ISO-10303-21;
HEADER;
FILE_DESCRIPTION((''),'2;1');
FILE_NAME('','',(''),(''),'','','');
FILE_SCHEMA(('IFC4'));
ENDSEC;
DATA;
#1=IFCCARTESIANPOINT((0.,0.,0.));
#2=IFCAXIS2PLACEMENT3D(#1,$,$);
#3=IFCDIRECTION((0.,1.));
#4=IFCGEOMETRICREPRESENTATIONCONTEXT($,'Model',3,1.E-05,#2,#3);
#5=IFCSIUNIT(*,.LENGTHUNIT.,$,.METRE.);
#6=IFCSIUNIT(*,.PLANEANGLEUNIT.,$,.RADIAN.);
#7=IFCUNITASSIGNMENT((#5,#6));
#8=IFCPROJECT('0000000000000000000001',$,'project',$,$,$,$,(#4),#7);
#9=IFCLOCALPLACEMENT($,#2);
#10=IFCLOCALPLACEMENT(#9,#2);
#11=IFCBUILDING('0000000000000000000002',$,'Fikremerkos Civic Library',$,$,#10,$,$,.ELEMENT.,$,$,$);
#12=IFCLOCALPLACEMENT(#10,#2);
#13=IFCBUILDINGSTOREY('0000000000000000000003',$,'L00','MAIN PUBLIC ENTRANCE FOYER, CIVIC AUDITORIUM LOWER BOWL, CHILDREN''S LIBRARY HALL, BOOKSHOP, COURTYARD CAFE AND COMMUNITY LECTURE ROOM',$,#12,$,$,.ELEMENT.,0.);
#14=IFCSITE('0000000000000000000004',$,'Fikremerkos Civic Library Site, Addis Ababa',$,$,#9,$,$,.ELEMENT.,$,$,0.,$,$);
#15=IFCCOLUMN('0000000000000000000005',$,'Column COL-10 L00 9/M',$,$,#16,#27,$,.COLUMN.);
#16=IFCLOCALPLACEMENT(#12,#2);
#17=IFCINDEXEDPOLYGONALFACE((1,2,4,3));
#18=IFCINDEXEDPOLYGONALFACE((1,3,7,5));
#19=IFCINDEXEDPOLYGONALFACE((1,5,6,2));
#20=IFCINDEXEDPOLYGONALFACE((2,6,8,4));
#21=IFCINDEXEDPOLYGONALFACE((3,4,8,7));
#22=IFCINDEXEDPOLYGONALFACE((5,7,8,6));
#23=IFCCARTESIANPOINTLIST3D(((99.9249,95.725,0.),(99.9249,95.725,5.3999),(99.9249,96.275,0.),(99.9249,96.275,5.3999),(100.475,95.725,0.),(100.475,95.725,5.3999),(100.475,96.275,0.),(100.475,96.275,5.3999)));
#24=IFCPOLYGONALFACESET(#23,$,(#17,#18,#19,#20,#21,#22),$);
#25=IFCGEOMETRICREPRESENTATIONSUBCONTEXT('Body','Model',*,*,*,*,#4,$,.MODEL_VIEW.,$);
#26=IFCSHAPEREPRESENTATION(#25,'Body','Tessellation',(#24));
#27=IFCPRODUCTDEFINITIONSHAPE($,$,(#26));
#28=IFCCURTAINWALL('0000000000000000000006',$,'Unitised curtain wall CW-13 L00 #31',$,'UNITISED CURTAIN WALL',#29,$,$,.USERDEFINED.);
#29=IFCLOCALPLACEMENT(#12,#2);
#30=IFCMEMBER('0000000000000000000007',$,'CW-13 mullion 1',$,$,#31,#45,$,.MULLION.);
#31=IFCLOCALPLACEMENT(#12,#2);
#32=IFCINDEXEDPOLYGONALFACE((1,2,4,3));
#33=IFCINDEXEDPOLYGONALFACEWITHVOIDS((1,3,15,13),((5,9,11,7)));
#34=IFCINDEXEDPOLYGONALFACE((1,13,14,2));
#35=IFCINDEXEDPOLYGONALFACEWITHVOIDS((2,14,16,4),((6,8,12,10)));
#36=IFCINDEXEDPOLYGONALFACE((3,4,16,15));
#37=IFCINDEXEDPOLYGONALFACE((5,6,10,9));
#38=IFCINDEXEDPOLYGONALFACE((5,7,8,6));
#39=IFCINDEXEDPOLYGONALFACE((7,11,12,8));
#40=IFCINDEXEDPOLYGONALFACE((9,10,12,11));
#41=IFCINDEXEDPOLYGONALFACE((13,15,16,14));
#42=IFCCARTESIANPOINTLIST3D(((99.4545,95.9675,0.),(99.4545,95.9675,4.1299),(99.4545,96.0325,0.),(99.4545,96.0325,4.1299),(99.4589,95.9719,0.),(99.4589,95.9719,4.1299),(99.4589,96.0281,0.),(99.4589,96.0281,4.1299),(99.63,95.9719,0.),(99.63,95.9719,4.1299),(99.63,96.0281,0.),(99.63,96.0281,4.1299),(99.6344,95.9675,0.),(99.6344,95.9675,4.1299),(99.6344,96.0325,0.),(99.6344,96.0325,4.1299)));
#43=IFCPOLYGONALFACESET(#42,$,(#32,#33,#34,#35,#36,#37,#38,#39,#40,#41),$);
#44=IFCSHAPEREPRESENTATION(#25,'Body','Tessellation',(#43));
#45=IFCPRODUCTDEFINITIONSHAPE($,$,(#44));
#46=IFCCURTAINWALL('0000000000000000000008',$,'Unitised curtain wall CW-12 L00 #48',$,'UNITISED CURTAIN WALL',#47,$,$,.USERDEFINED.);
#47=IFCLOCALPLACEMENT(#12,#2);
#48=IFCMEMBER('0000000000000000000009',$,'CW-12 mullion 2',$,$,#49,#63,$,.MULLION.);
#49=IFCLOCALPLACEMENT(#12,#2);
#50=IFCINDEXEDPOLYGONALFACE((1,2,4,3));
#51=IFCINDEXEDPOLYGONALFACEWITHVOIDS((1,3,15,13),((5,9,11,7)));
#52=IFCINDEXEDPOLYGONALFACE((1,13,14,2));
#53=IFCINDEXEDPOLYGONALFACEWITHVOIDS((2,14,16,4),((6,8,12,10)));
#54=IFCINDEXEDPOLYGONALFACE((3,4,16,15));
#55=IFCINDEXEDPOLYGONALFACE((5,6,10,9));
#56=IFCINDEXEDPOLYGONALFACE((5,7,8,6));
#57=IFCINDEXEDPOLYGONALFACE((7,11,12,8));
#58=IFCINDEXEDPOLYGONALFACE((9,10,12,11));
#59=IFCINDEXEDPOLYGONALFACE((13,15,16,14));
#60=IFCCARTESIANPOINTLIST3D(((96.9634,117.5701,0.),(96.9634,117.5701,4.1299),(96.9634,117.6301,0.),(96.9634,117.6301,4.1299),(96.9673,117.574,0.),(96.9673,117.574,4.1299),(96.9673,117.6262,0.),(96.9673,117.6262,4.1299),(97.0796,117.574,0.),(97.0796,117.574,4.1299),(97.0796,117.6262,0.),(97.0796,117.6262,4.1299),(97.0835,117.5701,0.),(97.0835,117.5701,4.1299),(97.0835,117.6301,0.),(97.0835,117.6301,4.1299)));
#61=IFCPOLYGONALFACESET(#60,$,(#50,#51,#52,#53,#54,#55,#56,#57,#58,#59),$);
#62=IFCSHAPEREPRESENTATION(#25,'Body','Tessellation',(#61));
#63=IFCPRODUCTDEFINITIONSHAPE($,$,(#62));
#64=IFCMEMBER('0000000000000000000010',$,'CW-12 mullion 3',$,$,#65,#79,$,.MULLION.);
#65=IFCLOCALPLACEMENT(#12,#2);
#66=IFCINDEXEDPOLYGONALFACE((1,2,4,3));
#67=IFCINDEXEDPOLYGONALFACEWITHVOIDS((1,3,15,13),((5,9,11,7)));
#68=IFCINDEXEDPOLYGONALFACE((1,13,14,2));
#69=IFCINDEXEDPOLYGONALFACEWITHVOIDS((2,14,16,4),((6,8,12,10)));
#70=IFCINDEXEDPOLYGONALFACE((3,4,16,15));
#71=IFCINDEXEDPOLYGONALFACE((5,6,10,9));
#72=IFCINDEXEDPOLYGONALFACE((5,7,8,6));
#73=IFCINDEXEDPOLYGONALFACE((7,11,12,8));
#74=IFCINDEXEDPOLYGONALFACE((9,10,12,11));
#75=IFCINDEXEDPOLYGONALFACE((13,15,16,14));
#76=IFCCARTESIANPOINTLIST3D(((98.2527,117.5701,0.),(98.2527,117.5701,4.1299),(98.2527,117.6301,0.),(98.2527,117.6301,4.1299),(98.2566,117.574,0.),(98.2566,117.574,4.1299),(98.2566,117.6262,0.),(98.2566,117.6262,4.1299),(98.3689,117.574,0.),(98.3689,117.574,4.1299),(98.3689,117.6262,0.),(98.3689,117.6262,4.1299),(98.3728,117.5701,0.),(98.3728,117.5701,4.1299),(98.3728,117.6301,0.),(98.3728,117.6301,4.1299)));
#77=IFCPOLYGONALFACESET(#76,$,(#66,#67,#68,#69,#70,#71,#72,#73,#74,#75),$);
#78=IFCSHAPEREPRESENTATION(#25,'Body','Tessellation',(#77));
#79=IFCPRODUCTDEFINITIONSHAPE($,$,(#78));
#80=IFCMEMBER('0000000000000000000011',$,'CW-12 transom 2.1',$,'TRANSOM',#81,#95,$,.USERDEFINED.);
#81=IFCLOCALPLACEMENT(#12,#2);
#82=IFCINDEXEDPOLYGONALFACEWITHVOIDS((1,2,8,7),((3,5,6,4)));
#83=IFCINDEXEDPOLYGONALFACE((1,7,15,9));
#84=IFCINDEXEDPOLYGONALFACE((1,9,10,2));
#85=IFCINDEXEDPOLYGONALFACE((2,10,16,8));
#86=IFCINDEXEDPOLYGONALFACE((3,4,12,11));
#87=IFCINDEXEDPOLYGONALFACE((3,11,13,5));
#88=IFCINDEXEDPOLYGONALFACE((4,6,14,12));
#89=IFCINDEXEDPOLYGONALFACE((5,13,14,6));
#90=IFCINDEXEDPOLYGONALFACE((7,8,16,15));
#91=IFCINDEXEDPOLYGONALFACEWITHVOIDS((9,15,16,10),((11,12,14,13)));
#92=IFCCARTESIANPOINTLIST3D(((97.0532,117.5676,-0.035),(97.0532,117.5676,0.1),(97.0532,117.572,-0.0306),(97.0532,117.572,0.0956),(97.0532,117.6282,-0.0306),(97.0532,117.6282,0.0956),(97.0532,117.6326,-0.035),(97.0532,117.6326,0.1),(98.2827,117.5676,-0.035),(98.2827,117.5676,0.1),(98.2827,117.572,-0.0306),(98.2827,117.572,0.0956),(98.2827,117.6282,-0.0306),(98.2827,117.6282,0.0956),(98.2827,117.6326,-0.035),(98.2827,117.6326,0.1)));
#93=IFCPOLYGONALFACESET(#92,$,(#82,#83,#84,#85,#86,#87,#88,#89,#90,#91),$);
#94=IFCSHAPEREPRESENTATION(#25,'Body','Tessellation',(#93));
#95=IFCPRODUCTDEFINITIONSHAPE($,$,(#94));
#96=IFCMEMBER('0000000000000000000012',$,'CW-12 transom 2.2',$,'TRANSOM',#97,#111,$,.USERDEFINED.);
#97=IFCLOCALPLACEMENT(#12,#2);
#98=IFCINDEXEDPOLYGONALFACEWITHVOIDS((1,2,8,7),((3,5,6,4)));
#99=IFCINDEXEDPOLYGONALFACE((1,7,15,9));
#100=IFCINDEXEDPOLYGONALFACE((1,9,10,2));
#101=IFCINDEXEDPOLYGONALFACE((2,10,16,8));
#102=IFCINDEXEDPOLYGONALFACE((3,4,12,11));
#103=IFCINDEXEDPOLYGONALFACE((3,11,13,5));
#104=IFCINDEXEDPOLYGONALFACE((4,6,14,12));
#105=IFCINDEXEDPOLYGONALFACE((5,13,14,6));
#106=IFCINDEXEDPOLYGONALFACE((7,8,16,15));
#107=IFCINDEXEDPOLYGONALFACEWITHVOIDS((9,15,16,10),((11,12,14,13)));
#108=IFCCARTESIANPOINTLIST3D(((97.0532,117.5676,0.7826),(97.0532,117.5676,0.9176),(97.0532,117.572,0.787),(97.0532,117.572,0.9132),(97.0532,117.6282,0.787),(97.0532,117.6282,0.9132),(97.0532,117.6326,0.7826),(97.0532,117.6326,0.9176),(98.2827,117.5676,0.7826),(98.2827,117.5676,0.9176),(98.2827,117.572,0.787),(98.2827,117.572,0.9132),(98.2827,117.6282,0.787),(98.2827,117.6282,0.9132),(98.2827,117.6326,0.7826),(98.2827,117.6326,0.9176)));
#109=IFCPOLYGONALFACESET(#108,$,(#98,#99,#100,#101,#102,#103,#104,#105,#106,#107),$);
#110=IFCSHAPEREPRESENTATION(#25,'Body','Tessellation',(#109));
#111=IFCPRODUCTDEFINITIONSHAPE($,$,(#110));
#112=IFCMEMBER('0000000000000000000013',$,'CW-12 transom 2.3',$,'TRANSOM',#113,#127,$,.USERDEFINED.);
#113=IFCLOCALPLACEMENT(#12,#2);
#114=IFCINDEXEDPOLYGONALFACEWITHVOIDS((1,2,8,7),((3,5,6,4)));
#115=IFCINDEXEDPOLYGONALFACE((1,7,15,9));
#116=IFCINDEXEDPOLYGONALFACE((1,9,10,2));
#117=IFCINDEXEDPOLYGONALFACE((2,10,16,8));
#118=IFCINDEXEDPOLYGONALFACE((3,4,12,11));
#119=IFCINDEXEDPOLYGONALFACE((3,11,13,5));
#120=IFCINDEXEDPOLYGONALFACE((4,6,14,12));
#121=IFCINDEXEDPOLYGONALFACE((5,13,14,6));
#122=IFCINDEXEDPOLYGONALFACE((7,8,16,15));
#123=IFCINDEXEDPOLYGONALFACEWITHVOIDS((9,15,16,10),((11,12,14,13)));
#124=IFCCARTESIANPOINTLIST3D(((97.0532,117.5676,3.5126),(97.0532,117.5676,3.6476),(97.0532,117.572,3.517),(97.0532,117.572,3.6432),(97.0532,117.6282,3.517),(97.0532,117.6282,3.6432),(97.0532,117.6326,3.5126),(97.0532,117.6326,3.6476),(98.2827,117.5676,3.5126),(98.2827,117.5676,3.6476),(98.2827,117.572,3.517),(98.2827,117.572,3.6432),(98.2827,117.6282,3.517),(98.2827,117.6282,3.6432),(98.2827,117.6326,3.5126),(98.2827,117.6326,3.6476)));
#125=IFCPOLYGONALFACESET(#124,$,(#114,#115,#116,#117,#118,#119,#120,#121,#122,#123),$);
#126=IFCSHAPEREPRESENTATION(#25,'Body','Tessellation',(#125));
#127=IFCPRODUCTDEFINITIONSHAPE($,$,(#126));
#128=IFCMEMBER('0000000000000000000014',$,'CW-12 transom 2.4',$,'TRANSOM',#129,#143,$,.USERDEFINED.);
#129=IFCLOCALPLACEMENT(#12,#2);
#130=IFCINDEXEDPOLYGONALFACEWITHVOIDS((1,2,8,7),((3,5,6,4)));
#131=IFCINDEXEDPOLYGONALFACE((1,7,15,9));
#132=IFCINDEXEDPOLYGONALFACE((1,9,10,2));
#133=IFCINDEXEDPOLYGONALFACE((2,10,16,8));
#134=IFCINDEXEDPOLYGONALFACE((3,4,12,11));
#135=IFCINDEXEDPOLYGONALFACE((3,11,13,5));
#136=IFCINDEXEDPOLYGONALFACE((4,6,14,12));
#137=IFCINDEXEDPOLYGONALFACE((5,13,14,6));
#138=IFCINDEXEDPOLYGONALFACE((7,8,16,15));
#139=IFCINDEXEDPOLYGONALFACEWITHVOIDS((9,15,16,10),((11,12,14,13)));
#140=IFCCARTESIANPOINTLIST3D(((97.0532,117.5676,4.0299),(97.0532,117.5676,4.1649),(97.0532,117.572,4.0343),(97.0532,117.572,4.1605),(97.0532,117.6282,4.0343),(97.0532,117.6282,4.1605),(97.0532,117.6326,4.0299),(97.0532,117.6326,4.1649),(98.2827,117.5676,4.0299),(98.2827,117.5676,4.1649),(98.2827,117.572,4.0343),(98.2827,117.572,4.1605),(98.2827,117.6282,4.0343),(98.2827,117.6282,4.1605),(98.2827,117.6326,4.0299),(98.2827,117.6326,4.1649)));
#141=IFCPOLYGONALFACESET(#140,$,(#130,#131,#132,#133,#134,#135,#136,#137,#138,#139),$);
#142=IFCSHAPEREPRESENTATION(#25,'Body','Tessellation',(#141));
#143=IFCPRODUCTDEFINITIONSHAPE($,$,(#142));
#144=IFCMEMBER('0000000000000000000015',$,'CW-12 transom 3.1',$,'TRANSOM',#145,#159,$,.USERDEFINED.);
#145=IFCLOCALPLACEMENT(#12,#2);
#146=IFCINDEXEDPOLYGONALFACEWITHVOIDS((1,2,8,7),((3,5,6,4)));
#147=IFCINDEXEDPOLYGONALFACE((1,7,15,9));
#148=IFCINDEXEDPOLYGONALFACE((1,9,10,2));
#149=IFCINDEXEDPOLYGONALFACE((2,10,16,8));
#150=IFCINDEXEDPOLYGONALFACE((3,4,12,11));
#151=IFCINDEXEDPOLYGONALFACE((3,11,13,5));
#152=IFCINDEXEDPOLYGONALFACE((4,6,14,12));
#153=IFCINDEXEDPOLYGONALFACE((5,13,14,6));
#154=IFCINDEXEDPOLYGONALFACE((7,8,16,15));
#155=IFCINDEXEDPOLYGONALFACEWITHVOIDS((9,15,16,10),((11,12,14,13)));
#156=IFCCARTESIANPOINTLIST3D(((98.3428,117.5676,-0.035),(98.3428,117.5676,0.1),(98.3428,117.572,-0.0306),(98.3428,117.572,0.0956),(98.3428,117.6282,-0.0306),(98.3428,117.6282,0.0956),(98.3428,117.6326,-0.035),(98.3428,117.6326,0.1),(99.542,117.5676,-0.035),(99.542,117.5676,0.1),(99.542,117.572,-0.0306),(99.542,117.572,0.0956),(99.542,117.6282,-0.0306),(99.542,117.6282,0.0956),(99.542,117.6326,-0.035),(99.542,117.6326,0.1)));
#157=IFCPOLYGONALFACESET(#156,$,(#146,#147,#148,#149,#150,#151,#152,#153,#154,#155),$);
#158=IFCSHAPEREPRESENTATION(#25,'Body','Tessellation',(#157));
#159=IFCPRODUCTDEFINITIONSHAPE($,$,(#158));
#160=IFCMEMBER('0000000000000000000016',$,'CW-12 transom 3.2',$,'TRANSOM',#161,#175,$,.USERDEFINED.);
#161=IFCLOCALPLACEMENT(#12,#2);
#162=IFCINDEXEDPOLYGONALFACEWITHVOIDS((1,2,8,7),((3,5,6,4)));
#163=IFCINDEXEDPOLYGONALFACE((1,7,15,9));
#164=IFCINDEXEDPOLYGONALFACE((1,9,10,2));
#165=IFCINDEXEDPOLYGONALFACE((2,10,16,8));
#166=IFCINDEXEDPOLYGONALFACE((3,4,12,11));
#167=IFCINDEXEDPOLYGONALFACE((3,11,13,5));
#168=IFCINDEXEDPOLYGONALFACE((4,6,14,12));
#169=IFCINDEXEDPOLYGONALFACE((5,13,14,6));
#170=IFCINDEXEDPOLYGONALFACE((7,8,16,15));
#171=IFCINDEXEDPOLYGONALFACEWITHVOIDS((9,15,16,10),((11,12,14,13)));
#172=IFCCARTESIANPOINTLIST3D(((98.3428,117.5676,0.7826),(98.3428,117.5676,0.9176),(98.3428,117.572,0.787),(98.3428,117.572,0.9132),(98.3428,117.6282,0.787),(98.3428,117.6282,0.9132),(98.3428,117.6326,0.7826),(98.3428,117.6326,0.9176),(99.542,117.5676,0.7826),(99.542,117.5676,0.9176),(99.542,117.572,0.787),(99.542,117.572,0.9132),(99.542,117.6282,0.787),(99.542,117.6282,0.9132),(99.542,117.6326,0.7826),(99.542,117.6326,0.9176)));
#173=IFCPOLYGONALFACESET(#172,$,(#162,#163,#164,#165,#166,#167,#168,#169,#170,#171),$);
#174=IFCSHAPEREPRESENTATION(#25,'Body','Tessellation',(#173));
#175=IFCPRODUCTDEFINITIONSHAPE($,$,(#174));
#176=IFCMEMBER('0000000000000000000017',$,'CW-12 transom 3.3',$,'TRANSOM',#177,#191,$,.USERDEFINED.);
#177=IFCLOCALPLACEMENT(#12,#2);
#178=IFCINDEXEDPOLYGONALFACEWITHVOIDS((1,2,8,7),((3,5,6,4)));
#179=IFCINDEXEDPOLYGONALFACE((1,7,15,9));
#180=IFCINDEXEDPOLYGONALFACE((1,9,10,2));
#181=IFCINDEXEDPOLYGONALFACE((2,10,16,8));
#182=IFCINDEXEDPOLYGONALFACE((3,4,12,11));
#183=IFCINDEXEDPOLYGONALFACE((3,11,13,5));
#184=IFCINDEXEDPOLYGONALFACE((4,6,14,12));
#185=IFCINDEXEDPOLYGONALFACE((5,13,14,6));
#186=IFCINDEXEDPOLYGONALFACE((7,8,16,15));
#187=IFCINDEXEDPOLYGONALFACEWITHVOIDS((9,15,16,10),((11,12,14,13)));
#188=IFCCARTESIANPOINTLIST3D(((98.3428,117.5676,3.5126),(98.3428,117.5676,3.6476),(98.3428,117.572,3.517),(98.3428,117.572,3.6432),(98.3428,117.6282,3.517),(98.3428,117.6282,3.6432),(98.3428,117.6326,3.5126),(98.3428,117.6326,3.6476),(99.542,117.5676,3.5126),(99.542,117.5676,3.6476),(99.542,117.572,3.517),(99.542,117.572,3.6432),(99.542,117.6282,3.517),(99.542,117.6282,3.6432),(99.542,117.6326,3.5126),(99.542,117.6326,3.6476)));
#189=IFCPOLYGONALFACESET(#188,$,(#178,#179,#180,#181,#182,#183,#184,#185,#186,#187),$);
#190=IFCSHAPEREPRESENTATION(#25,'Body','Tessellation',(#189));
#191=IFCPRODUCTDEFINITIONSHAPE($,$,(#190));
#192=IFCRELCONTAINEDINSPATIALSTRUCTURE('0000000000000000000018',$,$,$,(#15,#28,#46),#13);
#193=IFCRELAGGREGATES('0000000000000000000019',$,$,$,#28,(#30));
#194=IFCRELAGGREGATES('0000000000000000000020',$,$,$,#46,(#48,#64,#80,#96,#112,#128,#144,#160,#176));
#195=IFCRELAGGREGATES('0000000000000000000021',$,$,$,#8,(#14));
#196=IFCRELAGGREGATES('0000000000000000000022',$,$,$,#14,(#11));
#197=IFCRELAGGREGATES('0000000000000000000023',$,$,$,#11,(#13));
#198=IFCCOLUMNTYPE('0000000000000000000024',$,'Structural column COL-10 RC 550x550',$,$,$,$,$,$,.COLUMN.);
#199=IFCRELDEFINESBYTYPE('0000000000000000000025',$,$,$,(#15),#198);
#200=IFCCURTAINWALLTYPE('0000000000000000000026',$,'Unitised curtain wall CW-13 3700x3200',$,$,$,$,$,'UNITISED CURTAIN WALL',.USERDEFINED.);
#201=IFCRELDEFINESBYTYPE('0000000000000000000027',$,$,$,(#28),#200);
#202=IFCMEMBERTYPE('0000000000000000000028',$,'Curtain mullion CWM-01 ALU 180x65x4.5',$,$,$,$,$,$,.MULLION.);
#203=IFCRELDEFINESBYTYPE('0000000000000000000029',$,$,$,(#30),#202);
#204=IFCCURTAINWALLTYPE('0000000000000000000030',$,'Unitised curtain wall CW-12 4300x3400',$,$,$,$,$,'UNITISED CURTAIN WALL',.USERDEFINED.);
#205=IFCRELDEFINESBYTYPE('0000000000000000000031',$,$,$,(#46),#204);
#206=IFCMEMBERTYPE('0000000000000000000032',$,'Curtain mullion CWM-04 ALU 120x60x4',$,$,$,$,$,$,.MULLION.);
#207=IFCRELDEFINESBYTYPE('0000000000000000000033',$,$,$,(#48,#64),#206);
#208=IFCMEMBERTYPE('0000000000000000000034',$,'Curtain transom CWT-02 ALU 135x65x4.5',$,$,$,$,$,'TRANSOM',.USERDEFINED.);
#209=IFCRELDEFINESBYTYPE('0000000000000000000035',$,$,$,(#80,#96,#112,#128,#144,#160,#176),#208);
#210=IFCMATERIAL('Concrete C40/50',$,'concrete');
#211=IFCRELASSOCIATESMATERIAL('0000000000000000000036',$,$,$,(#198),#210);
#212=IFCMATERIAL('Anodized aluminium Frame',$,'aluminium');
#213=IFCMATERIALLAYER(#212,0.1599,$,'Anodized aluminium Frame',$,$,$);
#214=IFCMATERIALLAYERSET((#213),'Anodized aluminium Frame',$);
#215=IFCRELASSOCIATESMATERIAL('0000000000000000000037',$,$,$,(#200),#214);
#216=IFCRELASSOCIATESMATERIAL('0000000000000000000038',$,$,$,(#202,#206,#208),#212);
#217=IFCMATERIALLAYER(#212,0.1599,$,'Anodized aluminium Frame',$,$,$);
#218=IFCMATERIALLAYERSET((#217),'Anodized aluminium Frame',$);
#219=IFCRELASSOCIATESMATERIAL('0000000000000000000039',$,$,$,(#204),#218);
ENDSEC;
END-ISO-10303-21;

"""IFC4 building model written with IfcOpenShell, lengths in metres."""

from ifc_helpers import new_model, si_unit, direction, frame, origin, origin_2d, place, context, subcontext, project, spatial, rectangle, hollow_rectangle, extrude, material, layer, layer_set, material_profile, profile_set, type_object, element, aggregate, save


model = new_model("IFC4")

# Units and contexts
model_context = context("Model", 3, precision=1e-05, world=origin(), true_north=direction((0.0, 1.0)))
body_context = subcontext(model_context, "Body", "Model", "MODEL_VIEW")
ifc_project = project(units=[si_unit("LENGTHUNIT", "METRE"), si_unit("PLANEANGLEUNIT", "RADIAN")], contexts=[model_context])

# Site, building, storey
site_placement = place(None, origin())
site = spatial("IfcSite", under=ifc_project, at=site_placement, Name="Fikremerkos Civic Library Site, Addis Ababa", CompositionType="ELEMENT", RefElevation=0.0)
building_placement = place(site_placement, origin())
building = spatial("IfcBuilding", under=site, at=building_placement, Name="Fikremerkos Civic Library", CompositionType="ELEMENT")
storey_placement = place(building_placement, origin())
storey = spatial("IfcBuildingStorey", under=building, at=storey_placement, Name="L00", Description="MAIN PUBLIC ENTRANCE FOYER, CIVIC AUDITORIUM LOWER BOWL, CHILDREN'S LIBRARY HALL, BOOKSHOP, COURTYARD CAFE AND COMMUNITY LECTURE ROOM", CompositionType="ELEMENT", Elevation=0.0)

# Column
ifc_material_1 = material(Name="Concrete C40/50", Category="concrete")
ifc_material_profile_1 = material_profile(ifc_material_1, rectangle(XDim=0.55, YDim=0.55, at=origin_2d()), Name="RC 550x550")
ifc_profile_set_1 = profile_set([ifc_material_profile_1], Name="Concrete C40/50")
column_type = type_object("IfcColumnType", Name="Structural column COL-10 RC 550x550", PredefinedType="COLUMN", material=ifc_profile_set_1)
column_placement = place(storey_placement, frame((100.2, 96.0, 0.0), z_axis=(0.0, 0.0, 1.0), x_axis=(1.0, 0.0, 0.0)))
element("IfcColumn", 1, at=column_placement, inside=storey, type_object=column_type, Name="Column COL-10 L00 9/M", PredefinedType="COLUMN", context=body_context, shape_type="SweptSolid", body=[
    extrude(rectangle(XDim=0.55, YDim=0.55, at=origin_2d()), origin(), (0.0, 0.0, 1.0), 5.3999),
])

# Curtain wall, member
ifc_material_2 = material(Name="Anodized aluminium Frame", Category="aluminium")
ifc_layer_1 = layer(ifc_material_2, 0.1599, Name="Anodized aluminium Frame")
ifc_layer_set_1 = layer_set([ifc_layer_1], Name="Anodized aluminium Frame")
curtain_wall_type_1 = type_object("IfcCurtainWallType", Name="Unitised curtain wall CW-13 3700x3200", ElementType="UNITISED CURTAIN WALL", PredefinedType="USERDEFINED", material=ifc_layer_set_1)
curtain_wall_1_placement = place(storey_placement, origin())
curtain_wall_1 = element("IfcCurtainWall", 2, at=curtain_wall_1_placement, inside=storey, type_object=curtain_wall_type_1, Name="Unitised curtain wall CW-13 L00 #31", ObjectType="UNITISED CURTAIN WALL", PredefinedType="USERDEFINED")
ifc_material_profile_2 = material_profile(ifc_material_2, hollow_rectangle(XDim=0.0649, YDim=0.1799, WallThickness=0.0044, at=origin_2d()), Name="ALU 180x65x4.5")
ifc_profile_set_2 = profile_set([ifc_material_profile_2], Name="Anodized aluminium Frame")
member_type_1 = type_object("IfcMemberType", Name="Curtain mullion CWM-01 ALU 180x65x4.5", PredefinedType="MULLION", material=ifc_profile_set_2)
member_1_placement = place(storey_placement, frame((99.5444, 96.0, 0.0), z_axis=(0.0, 0.0, 1.0), x_axis=(0.0, -1.0, 0.0)))
member_1 = element("IfcMember", 3, at=member_1_placement, type_object=member_type_1, Name="CW-13 mullion 1", PredefinedType="MULLION", context=body_context, shape_type="SweptSolid", body=[
    extrude(hollow_rectangle(XDim=0.0649, YDim=0.1799, WallThickness=0.0044, at=origin_2d()), origin(), (0.0, 0.0, 1.0), 4.1299),
])
aggregate(curtain_wall_1, [member_1])

# Curtain wall, members
ifc_layer_2 = layer(ifc_material_2, 0.1599, Name="Anodized aluminium Frame")
ifc_layer_set_2 = layer_set([ifc_layer_2], Name="Anodized aluminium Frame")
curtain_wall_type_2 = type_object("IfcCurtainWallType", Name="Unitised curtain wall CW-12 4300x3400", ElementType="UNITISED CURTAIN WALL", PredefinedType="USERDEFINED", material=ifc_layer_set_2)
curtain_wall_2_placement = place(storey_placement, origin())
curtain_wall_2 = element("IfcCurtainWall", 4, at=curtain_wall_2_placement, inside=storey, type_object=curtain_wall_type_2, Name="Unitised curtain wall CW-12 L00 #48", ObjectType="UNITISED CURTAIN WALL", PredefinedType="USERDEFINED")
ifc_material_profile_3 = material_profile(ifc_material_2, hollow_rectangle(XDim=0.0601, YDim=0.1201, WallThickness=0.0039, at=origin_2d()), Name="ALU 120x60x4")
ifc_profile_set_3 = profile_set([ifc_material_profile_3], Name="Anodized aluminium Frame")
member_type_2 = type_object("IfcMemberType", Name="Curtain mullion CWM-04 ALU 120x60x4", PredefinedType="MULLION", material=ifc_profile_set_3)
member_2_placement = place(storey_placement, frame((97.0234, 117.6001, 0.0), z_axis=(0.0, 0.0, 1.0), x_axis=(0.0, 1.0, 0.0)))
member_2 = element("IfcMember", 5, at=member_2_placement, type_object=member_type_2, Name="CW-12 mullion 2", PredefinedType="MULLION", context=body_context, shape_type="SweptSolid", body=[
    extrude(hollow_rectangle(XDim=0.0601, YDim=0.1201, WallThickness=0.0039, at=origin_2d()), origin(), (0.0, 0.0, 1.0), 4.1299),
])
member_3_placement = place(storey_placement, frame((98.3127, 117.6001, 0.0), z_axis=(0.0, 0.0, 1.0), x_axis=(0.0, 1.0, 0.0)))
member_3 = element("IfcMember", 6, at=member_3_placement, type_object=member_type_2, Name="CW-12 mullion 3", PredefinedType="MULLION", context=body_context, shape_type="SweptSolid", body=[
    extrude(hollow_rectangle(XDim=0.0601, YDim=0.1201, WallThickness=0.0039, at=origin_2d()), origin(), (0.0, 0.0, 1.0), 4.1299),
])
ifc_material_profile_4 = material_profile(ifc_material_2, hollow_rectangle(XDim=0.0649, YDim=0.135, WallThickness=0.0044, at=origin_2d()), Name="ALU 135x65x4.5")
ifc_profile_set_4 = profile_set([ifc_material_profile_4], Name="Anodized aluminium Frame")
member_type_3 = type_object("IfcMemberType", Name="Curtain transom CWT-02 ALU 135x65x4.5", ElementType="TRANSOM", PredefinedType="USERDEFINED", material=ifc_profile_set_4)
member_4_placement = place(storey_placement, frame((97.0532, 117.6001, 0.0325), z_axis=(1.0, 0.0, 0.0), x_axis=(0.0, 1.0, 0.0)))
member_4 = element("IfcMember", 7, at=member_4_placement, type_object=member_type_3, Name="CW-12 transom 2.1", ObjectType="TRANSOM", PredefinedType="USERDEFINED", context=body_context, shape_type="SweptSolid", body=[
    extrude(hollow_rectangle(XDim=0.0649, YDim=0.135, WallThickness=0.0044, at=origin_2d()), origin(), (0.0, 0.0, 1.0), 1.2295),
])
member_5_placement = place(storey_placement, frame((97.0532, 117.6001, 0.8501), z_axis=(1.0, 0.0, 0.0), x_axis=(0.0, 1.0, 0.0)))
member_5 = element("IfcMember", 8, at=member_5_placement, type_object=member_type_3, Name="CW-12 transom 2.2", ObjectType="TRANSOM", PredefinedType="USERDEFINED", context=body_context, shape_type="SweptSolid", body=[
    extrude(hollow_rectangle(XDim=0.0649, YDim=0.135, WallThickness=0.0044, at=origin_2d()), origin(), (0.0, 0.0, 1.0), 1.2295),
])
member_6_placement = place(storey_placement, frame((97.0532, 117.6001, 3.5801), z_axis=(1.0, 0.0, 0.0), x_axis=(0.0, 1.0, 0.0)))
member_6 = element("IfcMember", 9, at=member_6_placement, type_object=member_type_3, Name="CW-12 transom 2.3", ObjectType="TRANSOM", PredefinedType="USERDEFINED", context=body_context, shape_type="SweptSolid", body=[
    extrude(hollow_rectangle(XDim=0.0649, YDim=0.135, WallThickness=0.0044, at=origin_2d()), origin(), (0.0, 0.0, 1.0), 1.2295),
])
member_7_placement = place(storey_placement, frame((97.0532, 117.6001, 4.0974), z_axis=(1.0, 0.0, 0.0), x_axis=(0.0, 1.0, 0.0)))
member_7 = element("IfcMember", 10, at=member_7_placement, type_object=member_type_3, Name="CW-12 transom 2.4", ObjectType="TRANSOM", PredefinedType="USERDEFINED", context=body_context, shape_type="SweptSolid", body=[
    extrude(hollow_rectangle(XDim=0.0649, YDim=0.135, WallThickness=0.0044, at=origin_2d()), origin(), (0.0, 0.0, 1.0), 1.2295),
])
member_8_placement = place(storey_placement, frame((98.3428, 117.6001, 0.0325), z_axis=(1.0, 0.0, 0.0), x_axis=(0.0, 1.0, 0.0)))
member_8 = element("IfcMember", 11, at=member_8_placement, type_object=member_type_3, Name="CW-12 transom 3.1", ObjectType="TRANSOM", PredefinedType="USERDEFINED", context=body_context, shape_type="SweptSolid", body=[
    extrude(hollow_rectangle(XDim=0.0649, YDim=0.135, WallThickness=0.0044, at=origin_2d()), origin(), (0.0, 0.0, 1.0), 1.1992),
])
member_9_placement = place(storey_placement, frame((98.3428, 117.6001, 0.8501), z_axis=(1.0, 0.0, 0.0), x_axis=(0.0, 1.0, 0.0)))
member_9 = element("IfcMember", 12, at=member_9_placement, type_object=member_type_3, Name="CW-12 transom 3.2", ObjectType="TRANSOM", PredefinedType="USERDEFINED", context=body_context, shape_type="SweptSolid", body=[
    extrude(hollow_rectangle(XDim=0.0649, YDim=0.135, WallThickness=0.0044, at=origin_2d()), origin(), (0.0, 0.0, 1.0), 1.1992),
])
member_10_placement = place(storey_placement, frame((98.3428, 117.6001, 3.5801), z_axis=(1.0, 0.0, 0.0), x_axis=(0.0, 1.0, 0.0)))
member_10 = element("IfcMember", 13, at=member_10_placement, type_object=member_type_3, Name="CW-12 transom 3.3", ObjectType="TRANSOM", PredefinedType="USERDEFINED", context=body_context, shape_type="SweptSolid", body=[
    extrude(hollow_rectangle(XDim=0.0649, YDim=0.135, WallThickness=0.0044, at=origin_2d()), origin(), (0.0, 0.0, 1.0), 1.1992),
])

aggregate(curtain_wall_2, [member_2, member_3, member_4, member_5, member_6, member_7, member_8, member_9, member_10])

save(model, "model.ifc")
